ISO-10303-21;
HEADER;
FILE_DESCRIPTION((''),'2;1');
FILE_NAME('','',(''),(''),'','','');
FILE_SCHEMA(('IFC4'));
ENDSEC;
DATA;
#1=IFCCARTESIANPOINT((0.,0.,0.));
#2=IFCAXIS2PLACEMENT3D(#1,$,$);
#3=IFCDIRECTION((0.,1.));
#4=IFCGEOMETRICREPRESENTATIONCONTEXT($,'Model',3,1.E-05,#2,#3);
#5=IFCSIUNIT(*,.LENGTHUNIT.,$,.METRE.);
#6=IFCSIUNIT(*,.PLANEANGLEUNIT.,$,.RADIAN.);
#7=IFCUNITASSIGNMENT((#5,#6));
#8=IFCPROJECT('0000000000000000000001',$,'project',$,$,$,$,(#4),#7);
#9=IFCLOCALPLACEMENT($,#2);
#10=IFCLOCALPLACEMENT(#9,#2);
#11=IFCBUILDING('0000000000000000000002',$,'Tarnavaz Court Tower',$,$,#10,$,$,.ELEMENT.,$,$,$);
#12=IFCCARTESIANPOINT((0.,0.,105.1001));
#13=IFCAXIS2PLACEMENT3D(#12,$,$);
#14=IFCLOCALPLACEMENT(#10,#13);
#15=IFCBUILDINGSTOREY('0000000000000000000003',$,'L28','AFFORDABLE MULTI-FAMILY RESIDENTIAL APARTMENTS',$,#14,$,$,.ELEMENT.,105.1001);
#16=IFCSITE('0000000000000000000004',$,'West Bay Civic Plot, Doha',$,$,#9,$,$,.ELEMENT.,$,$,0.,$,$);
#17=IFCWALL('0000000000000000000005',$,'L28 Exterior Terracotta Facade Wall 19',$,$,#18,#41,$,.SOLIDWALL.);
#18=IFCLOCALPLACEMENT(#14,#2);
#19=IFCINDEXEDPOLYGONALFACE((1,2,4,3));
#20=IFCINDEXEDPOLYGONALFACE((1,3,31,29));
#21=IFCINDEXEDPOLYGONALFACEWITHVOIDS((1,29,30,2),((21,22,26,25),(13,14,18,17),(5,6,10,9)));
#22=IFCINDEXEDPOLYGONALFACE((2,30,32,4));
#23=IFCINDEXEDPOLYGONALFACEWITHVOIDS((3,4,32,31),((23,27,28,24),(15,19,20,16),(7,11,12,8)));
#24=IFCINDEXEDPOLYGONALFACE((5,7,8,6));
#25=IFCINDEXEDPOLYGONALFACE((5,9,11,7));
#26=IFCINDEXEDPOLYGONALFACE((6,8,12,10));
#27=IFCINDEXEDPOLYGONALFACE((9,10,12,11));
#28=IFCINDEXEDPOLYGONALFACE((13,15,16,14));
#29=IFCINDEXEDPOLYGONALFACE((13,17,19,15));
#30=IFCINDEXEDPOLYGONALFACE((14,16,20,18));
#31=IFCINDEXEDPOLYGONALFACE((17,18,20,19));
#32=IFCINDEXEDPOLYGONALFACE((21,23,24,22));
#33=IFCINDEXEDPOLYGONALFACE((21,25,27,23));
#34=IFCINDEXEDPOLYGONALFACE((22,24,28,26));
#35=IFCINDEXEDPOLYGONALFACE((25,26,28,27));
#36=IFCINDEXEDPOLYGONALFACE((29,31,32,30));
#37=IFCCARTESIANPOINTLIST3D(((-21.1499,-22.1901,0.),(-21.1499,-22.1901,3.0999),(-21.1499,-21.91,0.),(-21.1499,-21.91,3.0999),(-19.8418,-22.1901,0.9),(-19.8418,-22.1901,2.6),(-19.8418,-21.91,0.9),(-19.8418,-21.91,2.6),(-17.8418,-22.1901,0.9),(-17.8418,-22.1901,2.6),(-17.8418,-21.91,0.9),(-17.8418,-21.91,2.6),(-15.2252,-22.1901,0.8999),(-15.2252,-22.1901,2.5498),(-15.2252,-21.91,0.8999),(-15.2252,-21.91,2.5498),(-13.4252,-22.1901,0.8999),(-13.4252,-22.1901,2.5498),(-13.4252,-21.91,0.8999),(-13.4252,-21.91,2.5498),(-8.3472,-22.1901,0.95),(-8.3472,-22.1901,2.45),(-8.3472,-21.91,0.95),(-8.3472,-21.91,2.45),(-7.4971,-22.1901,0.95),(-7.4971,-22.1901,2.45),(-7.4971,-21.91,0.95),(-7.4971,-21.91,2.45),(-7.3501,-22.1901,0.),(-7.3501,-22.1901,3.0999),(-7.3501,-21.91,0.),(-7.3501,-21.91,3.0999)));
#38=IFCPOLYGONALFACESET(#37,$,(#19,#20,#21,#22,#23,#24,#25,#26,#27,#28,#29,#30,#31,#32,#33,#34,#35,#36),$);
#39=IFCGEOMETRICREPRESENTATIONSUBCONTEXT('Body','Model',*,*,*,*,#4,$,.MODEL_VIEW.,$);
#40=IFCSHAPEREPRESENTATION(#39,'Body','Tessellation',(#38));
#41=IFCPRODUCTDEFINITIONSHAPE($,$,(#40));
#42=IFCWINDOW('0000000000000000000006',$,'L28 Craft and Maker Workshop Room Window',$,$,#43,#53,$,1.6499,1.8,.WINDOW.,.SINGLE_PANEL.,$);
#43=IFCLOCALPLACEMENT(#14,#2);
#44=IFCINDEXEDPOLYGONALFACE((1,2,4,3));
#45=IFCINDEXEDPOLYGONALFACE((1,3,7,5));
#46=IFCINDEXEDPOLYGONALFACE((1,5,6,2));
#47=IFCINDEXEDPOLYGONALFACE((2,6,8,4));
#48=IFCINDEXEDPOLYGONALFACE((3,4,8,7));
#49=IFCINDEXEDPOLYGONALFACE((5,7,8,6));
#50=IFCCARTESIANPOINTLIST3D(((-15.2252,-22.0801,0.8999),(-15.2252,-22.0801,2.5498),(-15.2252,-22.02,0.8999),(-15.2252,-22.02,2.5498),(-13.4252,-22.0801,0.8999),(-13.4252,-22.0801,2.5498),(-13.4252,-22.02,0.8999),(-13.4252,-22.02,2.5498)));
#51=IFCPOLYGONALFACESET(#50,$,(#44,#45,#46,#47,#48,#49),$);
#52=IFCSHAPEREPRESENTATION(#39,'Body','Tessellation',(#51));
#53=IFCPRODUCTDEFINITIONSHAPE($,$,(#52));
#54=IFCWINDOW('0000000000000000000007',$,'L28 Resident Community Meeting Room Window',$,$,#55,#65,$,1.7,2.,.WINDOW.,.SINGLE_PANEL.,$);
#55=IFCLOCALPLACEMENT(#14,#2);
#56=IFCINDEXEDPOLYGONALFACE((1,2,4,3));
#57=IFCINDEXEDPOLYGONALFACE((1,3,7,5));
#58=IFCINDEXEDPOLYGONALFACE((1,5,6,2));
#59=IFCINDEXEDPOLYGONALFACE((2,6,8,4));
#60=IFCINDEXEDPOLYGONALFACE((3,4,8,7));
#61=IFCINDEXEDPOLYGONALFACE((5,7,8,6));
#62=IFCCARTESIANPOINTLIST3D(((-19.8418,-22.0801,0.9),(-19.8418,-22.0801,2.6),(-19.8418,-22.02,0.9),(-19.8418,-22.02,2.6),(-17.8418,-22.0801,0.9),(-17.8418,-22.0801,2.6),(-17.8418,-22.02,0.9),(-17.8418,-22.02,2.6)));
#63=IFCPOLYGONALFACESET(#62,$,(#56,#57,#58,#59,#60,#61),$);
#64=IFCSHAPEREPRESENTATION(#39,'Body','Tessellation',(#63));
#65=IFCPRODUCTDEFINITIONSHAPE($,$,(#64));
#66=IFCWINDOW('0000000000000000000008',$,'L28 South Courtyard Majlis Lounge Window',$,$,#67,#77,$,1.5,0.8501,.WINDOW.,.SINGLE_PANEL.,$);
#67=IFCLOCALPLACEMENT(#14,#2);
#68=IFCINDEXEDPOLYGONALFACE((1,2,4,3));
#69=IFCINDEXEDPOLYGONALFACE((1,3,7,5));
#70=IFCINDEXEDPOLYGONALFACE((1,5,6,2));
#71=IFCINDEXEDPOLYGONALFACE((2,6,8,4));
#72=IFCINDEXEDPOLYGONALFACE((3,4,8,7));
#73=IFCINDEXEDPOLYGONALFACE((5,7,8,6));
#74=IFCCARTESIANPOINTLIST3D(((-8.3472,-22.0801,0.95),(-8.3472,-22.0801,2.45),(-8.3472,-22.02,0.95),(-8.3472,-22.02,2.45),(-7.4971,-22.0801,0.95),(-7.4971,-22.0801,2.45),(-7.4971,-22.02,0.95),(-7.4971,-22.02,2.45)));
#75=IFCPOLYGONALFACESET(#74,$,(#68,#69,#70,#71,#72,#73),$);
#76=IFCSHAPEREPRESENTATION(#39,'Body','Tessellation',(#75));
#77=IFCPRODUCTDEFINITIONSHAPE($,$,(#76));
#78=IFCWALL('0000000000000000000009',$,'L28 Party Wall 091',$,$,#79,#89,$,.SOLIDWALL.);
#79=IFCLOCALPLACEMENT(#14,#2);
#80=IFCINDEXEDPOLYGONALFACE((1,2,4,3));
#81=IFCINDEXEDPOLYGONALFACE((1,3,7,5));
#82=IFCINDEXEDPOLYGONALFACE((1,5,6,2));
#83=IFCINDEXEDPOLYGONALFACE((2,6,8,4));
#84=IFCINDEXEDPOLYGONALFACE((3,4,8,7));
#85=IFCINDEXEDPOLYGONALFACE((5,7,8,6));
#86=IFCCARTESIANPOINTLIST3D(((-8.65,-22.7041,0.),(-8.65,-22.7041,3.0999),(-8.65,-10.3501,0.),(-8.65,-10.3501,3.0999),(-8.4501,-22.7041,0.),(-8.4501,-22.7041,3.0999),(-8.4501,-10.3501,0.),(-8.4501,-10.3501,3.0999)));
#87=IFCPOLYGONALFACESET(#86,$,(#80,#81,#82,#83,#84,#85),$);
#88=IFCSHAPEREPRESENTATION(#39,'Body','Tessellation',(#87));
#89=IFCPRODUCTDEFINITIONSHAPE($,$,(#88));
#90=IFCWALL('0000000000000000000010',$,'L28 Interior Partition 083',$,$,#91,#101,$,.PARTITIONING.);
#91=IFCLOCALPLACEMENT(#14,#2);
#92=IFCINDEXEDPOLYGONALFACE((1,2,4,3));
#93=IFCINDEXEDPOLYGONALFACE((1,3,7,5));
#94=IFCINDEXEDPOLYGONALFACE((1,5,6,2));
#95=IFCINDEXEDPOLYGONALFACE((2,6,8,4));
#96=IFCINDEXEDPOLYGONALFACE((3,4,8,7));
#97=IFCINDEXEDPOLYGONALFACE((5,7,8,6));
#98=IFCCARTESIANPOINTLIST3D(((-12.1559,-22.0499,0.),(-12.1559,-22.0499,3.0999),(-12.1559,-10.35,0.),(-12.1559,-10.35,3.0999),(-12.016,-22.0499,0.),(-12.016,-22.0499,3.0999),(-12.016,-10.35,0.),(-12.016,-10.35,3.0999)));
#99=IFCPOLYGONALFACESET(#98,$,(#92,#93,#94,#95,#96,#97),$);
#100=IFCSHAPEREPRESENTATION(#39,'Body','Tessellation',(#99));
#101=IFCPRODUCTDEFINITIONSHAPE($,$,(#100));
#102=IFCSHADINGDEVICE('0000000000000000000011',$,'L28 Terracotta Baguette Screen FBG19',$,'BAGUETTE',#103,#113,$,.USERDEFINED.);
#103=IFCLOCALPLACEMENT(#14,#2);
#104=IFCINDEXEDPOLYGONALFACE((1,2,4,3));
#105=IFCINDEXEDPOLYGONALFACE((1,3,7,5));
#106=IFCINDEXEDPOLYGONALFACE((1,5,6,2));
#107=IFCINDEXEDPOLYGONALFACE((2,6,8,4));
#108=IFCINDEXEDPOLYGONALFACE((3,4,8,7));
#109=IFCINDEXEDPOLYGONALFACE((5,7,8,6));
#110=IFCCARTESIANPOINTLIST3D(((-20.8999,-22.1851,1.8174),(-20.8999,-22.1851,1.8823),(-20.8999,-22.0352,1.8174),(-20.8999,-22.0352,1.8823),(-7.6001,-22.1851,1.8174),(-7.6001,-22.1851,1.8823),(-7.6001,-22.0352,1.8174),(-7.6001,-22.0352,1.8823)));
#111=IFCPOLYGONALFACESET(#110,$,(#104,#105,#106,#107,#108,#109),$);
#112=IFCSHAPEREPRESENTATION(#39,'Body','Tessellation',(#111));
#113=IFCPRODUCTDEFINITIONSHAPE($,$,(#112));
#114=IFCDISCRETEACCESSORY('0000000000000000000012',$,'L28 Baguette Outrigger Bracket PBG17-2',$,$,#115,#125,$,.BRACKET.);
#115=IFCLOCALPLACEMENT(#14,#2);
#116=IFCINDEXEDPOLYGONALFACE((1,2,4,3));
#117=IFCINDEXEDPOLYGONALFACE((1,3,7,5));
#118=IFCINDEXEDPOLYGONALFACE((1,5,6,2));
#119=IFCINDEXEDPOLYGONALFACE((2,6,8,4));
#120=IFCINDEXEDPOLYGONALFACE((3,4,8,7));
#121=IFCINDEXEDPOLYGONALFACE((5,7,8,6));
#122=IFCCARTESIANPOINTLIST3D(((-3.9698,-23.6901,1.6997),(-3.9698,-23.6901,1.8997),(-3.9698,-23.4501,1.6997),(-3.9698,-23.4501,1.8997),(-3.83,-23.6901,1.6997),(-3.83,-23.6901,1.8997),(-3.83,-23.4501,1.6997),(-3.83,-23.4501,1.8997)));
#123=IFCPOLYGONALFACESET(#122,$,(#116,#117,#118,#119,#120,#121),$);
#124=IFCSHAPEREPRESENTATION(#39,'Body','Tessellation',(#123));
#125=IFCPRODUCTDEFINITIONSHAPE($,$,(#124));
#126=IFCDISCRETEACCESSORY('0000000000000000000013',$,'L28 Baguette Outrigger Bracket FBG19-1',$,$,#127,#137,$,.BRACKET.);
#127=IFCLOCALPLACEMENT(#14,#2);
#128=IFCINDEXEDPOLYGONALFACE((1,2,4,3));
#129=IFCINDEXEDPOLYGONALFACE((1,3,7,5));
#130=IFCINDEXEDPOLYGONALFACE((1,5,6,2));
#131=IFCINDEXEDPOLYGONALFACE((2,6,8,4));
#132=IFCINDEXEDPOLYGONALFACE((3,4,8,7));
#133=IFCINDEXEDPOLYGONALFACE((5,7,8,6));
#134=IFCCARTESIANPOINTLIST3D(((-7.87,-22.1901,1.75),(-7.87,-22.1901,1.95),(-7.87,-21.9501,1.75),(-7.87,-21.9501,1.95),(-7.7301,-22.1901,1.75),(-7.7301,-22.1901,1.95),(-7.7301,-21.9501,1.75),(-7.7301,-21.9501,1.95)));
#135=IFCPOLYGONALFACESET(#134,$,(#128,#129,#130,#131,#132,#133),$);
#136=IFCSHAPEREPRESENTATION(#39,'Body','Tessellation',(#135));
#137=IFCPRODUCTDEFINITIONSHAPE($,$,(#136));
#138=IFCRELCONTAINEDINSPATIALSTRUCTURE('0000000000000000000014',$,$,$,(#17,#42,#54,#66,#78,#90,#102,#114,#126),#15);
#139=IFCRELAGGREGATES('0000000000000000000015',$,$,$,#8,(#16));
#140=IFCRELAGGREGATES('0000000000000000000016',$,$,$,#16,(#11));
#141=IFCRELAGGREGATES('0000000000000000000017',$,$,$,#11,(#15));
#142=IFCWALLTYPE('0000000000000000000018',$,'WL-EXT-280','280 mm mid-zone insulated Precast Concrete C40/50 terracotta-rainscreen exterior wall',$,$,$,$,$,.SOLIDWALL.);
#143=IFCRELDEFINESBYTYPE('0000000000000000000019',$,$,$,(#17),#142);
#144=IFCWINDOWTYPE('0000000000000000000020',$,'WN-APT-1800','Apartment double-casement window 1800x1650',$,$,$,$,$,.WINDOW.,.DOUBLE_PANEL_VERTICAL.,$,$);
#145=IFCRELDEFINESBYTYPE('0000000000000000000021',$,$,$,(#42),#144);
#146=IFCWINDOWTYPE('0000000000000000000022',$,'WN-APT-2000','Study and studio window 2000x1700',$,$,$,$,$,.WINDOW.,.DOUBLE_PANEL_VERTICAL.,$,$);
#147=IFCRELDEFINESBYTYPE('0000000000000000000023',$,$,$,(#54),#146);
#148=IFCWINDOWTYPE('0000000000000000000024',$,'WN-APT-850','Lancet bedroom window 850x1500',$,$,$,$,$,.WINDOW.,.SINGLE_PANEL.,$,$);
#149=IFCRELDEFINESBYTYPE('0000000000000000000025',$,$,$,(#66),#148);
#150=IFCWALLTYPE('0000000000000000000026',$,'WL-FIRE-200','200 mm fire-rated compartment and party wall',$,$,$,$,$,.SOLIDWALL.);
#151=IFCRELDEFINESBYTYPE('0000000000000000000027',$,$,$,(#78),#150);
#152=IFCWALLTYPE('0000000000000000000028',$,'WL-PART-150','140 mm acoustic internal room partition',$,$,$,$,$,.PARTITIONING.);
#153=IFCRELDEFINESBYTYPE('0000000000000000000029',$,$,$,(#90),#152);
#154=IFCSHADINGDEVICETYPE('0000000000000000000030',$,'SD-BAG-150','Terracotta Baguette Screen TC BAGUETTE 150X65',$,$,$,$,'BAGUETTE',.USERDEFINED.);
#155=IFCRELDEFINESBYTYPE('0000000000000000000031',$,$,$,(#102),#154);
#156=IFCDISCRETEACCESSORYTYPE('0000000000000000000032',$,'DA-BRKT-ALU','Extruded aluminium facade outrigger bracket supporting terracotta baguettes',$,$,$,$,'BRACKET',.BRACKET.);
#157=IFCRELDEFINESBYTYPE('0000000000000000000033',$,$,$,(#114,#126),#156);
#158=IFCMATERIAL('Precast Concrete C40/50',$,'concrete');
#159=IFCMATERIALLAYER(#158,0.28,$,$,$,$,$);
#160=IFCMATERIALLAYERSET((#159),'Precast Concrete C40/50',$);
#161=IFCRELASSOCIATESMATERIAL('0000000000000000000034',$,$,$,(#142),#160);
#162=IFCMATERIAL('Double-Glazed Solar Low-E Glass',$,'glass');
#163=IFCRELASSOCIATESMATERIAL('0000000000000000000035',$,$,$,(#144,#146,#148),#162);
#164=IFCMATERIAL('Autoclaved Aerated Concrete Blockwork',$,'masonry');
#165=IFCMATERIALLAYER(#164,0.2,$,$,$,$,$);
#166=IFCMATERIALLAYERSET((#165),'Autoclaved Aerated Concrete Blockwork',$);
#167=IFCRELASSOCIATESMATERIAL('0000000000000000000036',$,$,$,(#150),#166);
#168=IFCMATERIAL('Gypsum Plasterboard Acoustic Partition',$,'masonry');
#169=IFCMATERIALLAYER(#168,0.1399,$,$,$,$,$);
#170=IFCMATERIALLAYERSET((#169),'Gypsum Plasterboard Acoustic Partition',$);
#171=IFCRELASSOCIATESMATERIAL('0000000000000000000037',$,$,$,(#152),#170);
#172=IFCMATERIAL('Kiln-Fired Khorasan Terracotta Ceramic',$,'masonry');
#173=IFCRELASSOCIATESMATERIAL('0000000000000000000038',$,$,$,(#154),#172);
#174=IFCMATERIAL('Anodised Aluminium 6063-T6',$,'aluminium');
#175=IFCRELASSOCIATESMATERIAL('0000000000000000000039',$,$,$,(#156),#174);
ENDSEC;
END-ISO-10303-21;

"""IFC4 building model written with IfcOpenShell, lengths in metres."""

from ifc_helpers import new_model, si_unit, direction, frame, frame_2d, origin, origin_2d, place, context, subcontext, project, spatial, rectangle, extrude, material, layer, layer_set, material_profile, profile_set, type_object, element, fill, save


model = new_model("IFC4")

# Units and contexts
model_context = context("Model", 3, precision=1e-05, world=origin(), true_north=direction((0.0, 1.0)))
body_context = subcontext(model_context, "Body", "Model", "MODEL_VIEW")
ifc_project = project(units=[si_unit("LENGTHUNIT", "METRE"), si_unit("PLANEANGLEUNIT", "RADIAN")], contexts=[model_context])

# Site, building, storey
site_placement = place(None, origin())
site = spatial("IfcSite", under=ifc_project, at=site_placement, Name="West Bay Civic Plot, Doha", CompositionType="ELEMENT", RefElevation=0.0)
building_placement = place(site_placement, origin())
building = spatial("IfcBuilding", under=site, at=building_placement, Name="Tarnavaz Court Tower", CompositionType="ELEMENT")
storey_placement = place(building_placement, frame((0.0, 0.0, 105.1001)))
storey = spatial("IfcBuildingStorey", under=building, at=storey_placement, Name="L28", Description="AFFORDABLE MULTI-FAMILY RESIDENTIAL APARTMENTS", CompositionType="ELEMENT", Elevation=105.1001)

# Shared definitions
ifc_material_1 = material(Name="Anodised Aluminium 6063-T6", Category="aluminium")
ifc_material_2 = material(Name="Double-Glazed Solar Low-E Glass", Category="glass")

# Shared definitions
ifc_material_3 = material(Name="Precast Concrete C40/50", Category="concrete")
ifc_layer_1 = layer(ifc_material_3, 0.28)
ifc_layer_set_1 = layer_set([ifc_layer_1], Name="Precast Concrete C40/50")
wall_type_1 = type_object("IfcWallType", Name="WL-EXT-280", Description="280 mm mid-zone insulated Precast Concrete C40/50 terracotta-rainscreen exterior wall", PredefinedType="SOLIDWALL", material=ifc_layer_set_1)

# Wall, openings, windows
wall_1_placement = place(storey_placement, frame((-7.3501, -22.05, 0.0), z_axis=(0.0, 0.0, 1.0), x_axis=(-1.0, 0.0, 0.0)))
wall_1 = element("IfcWall", 1, at=wall_1_placement, inside=storey, type_object=wall_type_1, Name="L28 Exterior Terracotta Facade Wall 19", PredefinedType="SOLIDWALL", context=body_context, shape_type="SweptSolid", body=[
    extrude(rectangle(XDim=13.7998, YDim=0.28, at=frame_2d((6.8999, 0.0))), origin(), (0.0, 0.0, 1.0), 3.0999),
])
opening_1_placement = place(wall_1_placement, frame((0.147, 0.0, 0.95)))
opening_1 = element("IfcOpeningElement", 2, at=opening_1_placement, cuts=wall_1, PredefinedType="OPENING", context=body_context, shape_type="SweptSolid", body=[
    extrude(rectangle(XDim=0.8501, YDim=1.5, at=frame_2d((0.425, 0.75))), frame((0.0, 0.1499, 0.0), z_axis=(0.0, -1.0, 0.0), x_axis=(1.0, 0.0, 0.0)), (0.0, 0.0, 1.0), 0.3),
])
opening_2_placement = place(wall_1_placement, frame((6.0752, 0.0, 0.8999)))
opening_2 = element("IfcOpeningElement", 3, at=opening_2_placement, cuts=wall_1, PredefinedType="OPENING", context=body_context, shape_type="SweptSolid", body=[
    extrude(rectangle(XDim=1.8, YDim=1.6499, at=frame_2d((0.8999, 0.825))), frame((0.0, 0.1499, 0.0), z_axis=(0.0, -1.0, 0.0), x_axis=(1.0, 0.0, 0.0)), (0.0, 0.0, 1.0), 0.3),
])
opening_3_placement = place(wall_1_placement, frame((10.4917, 0.0, 0.8999)))
opening_3 = element("IfcOpeningElement", 4, at=opening_3_placement, cuts=wall_1, PredefinedType="OPENING", context=body_context, shape_type="SweptSolid", body=[
    extrude(rectangle(XDim=2.0, YDim=1.7, at=frame_2d((1.0, 0.8501))), frame((0.0, 0.1499, 0.0), z_axis=(0.0, -1.0, 0.0), x_axis=(1.0, 0.0, 0.0)), (0.0, 0.0, 1.0), 0.3),
])
window_type_1 = type_object("IfcWindowType", Name="WN-APT-1800", Description="Apartment double-casement window 1800x1650", PartitioningType="DOUBLE_PANEL_VERTICAL", PredefinedType="WINDOW", material=ifc_material_2)
window_1_placement = place(opening_2_placement, origin())
window_1 = element("IfcWindow", 5, at=window_1_placement, inside=storey, type_object=window_type_1, Name="L28 Craft and Maker Workshop Room Window", OverallHeight=1.6499, OverallWidth=1.8, PartitioningType="SINGLE_PANEL", PredefinedType="WINDOW", context=body_context, shape_type="SweptSolid", body=[
    extrude(rectangle(XDim=1.8, YDim=1.6499, at=frame_2d((0.8999, 0.825))), frame((0.0, 0.03, 0.0), z_axis=(0.0, -1.0, 0.0), x_axis=(1.0, 0.0, 0.0)), (0.0, 0.0, 1.0), 0.0601),
])
fill(opening_2, window_1)
window_type_2 = type_object("IfcWindowType", Name="WN-APT-2000", Description="Study and studio window 2000x1700", PartitioningType="DOUBLE_PANEL_VERTICAL", PredefinedType="WINDOW", material=ifc_material_2)
window_2_placement = place(opening_3_placement, origin())
window_2 = element("IfcWindow", 6, at=window_2_placement, inside=storey, type_object=window_type_2, Name="L28 Resident Community Meeting Room Window", OverallHeight=1.7, OverallWidth=2.0, PartitioningType="SINGLE_PANEL", PredefinedType="WINDOW", context=body_context, shape_type="SweptSolid", body=[
    extrude(rectangle(XDim=2.0, YDim=1.7, at=frame_2d((1.0, 0.8501))), frame((0.0, 0.03, 0.0), z_axis=(0.0, -1.0, 0.0), x_axis=(1.0, 0.0, 0.0)), (0.0, 0.0, 1.0), 0.0601),
])
fill(opening_3, window_2)
window_type_3 = type_object("IfcWindowType", Name="WN-APT-850", Description="Lancet bedroom window 850x1500", PartitioningType="SINGLE_PANEL", PredefinedType="WINDOW", material=ifc_material_2)
window_3_placement = place(opening_1_placement, origin())
window_3 = element("IfcWindow", 7, at=window_3_placement, inside=storey, type_object=window_type_3, Name="L28 South Courtyard Majlis Lounge Window", OverallHeight=1.5, OverallWidth=0.8501, PartitioningType="SINGLE_PANEL", PredefinedType="WINDOW", context=body_context, shape_type="SweptSolid", body=[
    extrude(rectangle(XDim=0.8501, YDim=1.5, at=frame_2d((0.425, 0.75))), frame((0.0, 0.03, 0.0), z_axis=(0.0, -1.0, 0.0), x_axis=(1.0, 0.0, 0.0)), (0.0, 0.0, 1.0), 0.0601),
])
fill(opening_1, window_3)

# Walls
ifc_material_4 = material(Name="Autoclaved Aerated Concrete Blockwork", Category="masonry")
ifc_layer_2 = layer(ifc_material_4, 0.2)
ifc_layer_set_2 = layer_set([ifc_layer_2], Name="Autoclaved Aerated Concrete Blockwork")
wall_type_2 = type_object("IfcWallType", Name="WL-FIRE-200", Description="200 mm fire-rated compartment and party wall", PredefinedType="SOLIDWALL", material=ifc_layer_set_2)
wall_2_placement = place(storey_placement, frame((-8.55, -22.7041, 0.0), z_axis=(0.0, 0.0, 1.0), x_axis=(0.0, 1.0, 0.0)))
element("IfcWall", 8, at=wall_2_placement, inside=storey, type_object=wall_type_2, Name="L28 Party Wall 091", PredefinedType="SOLIDWALL", context=body_context, shape_type="SweptSolid", body=[
    extrude(rectangle(XDim=12.354, YDim=0.2, at=frame_2d((6.177, 0.0))), origin(), (0.0, 0.0, 1.0), 3.0999),
])
ifc_material_5 = material(Name="Gypsum Plasterboard Acoustic Partition", Category="masonry")
ifc_layer_3 = layer(ifc_material_5, 0.1399)
ifc_layer_set_3 = layer_set([ifc_layer_3], Name="Gypsum Plasterboard Acoustic Partition")
wall_type_3 = type_object("IfcWallType", Name="WL-PART-150", Description="140 mm acoustic internal room partition", PredefinedType="PARTITIONING", material=ifc_layer_set_3)
wall_3_placement = place(storey_placement, frame((-12.0859, -22.05, 0.0), z_axis=(0.0, 0.0, 1.0), x_axis=(0.0, 1.0, 0.0)))
element("IfcWall", 9, at=wall_3_placement, inside=storey, type_object=wall_type_3, Name="L28 Interior Partition 083", PredefinedType="PARTITIONING", context=body_context, shape_type="SweptSolid", body=[
    extrude(rectangle(XDim=11.7, YDim=0.1399, at=frame_2d((5.8501, 0.0))), origin(), (0.0, 0.0, 1.0), 3.0999),
])

# Shading device
ifc_material_6 = material(Name="Kiln-Fired Khorasan Terracotta Ceramic", Category="masonry")
ifc_material_profile_1 = material_profile(ifc_material_6, rectangle(XDim=0.1499, YDim=0.0649, at=origin_2d()), Name="TC BAGUETTE 150X65")
ifc_profile_set_1 = profile_set([ifc_material_profile_1], Name="Kiln-Fired Khorasan Terracotta Ceramic")
shading_device_type = type_object("IfcShadingDeviceType", Name="SD-BAG-150", Description="Terracotta Baguette Screen TC BAGUETTE 150X65", ElementType="BAGUETTE", PredefinedType="USERDEFINED", material=ifc_profile_set_1)
shading_device_placement = place(storey_placement, frame((-7.6001, -22.1101, 1.8499), z_axis=(-1.0, 0.0, 0.0), x_axis=(0.0, -1.0, 0.0)))
element("IfcShadingDevice", 10, at=shading_device_placement, inside=storey, type_object=shading_device_type, Name="L28 Terracotta Baguette Screen FBG19", ObjectType="BAGUETTE", PredefinedType="USERDEFINED", context=body_context, shape_type="SweptSolid", body=[
    extrude(rectangle(XDim=0.1499, YDim=0.0649, at=origin_2d()), origin(), (0.0, 0.0, 1.0), 13.2998),
])

# Discrete accessories
discrete_accessory_type = type_object("IfcDiscreteAccessoryType", Name="DA-BRKT-ALU", Description="Extruded aluminium facade outrigger bracket supporting terracotta baguettes", ElementType="BRACKET", PredefinedType="BRACKET", material=ifc_material_1)
for number, where, z_axis, x_axis, name in (
    (11, (-3.8999, -23.5701, 1.6997), (0.0, 0.0, 1.0), (-1.0, 0.0, 0.0), "L28 Baguette Outrigger Bracket PBG17-2"),
    (12, (-7.8, -22.0701, 1.75), (0.0, 0.0, 1.0), (-1.0, 0.0, 0.0), "L28 Baguette Outrigger Bracket FBG19-1"),
):
    element("IfcDiscreteAccessory", number, at=place(storey_placement, frame(where, z_axis=z_axis, x_axis=x_axis)), inside=storey, type_object=discrete_accessory_type, Name=name, PredefinedType="BRACKET", context=body_context, shape_type="SweptSolid", body=[
        extrude(rectangle(XDim=0.1399, YDim=0.24, at=origin_2d()), origin(), (0.0, 0.0, 1.0), 0.2),
    ])

save(model, "model.ifc")
